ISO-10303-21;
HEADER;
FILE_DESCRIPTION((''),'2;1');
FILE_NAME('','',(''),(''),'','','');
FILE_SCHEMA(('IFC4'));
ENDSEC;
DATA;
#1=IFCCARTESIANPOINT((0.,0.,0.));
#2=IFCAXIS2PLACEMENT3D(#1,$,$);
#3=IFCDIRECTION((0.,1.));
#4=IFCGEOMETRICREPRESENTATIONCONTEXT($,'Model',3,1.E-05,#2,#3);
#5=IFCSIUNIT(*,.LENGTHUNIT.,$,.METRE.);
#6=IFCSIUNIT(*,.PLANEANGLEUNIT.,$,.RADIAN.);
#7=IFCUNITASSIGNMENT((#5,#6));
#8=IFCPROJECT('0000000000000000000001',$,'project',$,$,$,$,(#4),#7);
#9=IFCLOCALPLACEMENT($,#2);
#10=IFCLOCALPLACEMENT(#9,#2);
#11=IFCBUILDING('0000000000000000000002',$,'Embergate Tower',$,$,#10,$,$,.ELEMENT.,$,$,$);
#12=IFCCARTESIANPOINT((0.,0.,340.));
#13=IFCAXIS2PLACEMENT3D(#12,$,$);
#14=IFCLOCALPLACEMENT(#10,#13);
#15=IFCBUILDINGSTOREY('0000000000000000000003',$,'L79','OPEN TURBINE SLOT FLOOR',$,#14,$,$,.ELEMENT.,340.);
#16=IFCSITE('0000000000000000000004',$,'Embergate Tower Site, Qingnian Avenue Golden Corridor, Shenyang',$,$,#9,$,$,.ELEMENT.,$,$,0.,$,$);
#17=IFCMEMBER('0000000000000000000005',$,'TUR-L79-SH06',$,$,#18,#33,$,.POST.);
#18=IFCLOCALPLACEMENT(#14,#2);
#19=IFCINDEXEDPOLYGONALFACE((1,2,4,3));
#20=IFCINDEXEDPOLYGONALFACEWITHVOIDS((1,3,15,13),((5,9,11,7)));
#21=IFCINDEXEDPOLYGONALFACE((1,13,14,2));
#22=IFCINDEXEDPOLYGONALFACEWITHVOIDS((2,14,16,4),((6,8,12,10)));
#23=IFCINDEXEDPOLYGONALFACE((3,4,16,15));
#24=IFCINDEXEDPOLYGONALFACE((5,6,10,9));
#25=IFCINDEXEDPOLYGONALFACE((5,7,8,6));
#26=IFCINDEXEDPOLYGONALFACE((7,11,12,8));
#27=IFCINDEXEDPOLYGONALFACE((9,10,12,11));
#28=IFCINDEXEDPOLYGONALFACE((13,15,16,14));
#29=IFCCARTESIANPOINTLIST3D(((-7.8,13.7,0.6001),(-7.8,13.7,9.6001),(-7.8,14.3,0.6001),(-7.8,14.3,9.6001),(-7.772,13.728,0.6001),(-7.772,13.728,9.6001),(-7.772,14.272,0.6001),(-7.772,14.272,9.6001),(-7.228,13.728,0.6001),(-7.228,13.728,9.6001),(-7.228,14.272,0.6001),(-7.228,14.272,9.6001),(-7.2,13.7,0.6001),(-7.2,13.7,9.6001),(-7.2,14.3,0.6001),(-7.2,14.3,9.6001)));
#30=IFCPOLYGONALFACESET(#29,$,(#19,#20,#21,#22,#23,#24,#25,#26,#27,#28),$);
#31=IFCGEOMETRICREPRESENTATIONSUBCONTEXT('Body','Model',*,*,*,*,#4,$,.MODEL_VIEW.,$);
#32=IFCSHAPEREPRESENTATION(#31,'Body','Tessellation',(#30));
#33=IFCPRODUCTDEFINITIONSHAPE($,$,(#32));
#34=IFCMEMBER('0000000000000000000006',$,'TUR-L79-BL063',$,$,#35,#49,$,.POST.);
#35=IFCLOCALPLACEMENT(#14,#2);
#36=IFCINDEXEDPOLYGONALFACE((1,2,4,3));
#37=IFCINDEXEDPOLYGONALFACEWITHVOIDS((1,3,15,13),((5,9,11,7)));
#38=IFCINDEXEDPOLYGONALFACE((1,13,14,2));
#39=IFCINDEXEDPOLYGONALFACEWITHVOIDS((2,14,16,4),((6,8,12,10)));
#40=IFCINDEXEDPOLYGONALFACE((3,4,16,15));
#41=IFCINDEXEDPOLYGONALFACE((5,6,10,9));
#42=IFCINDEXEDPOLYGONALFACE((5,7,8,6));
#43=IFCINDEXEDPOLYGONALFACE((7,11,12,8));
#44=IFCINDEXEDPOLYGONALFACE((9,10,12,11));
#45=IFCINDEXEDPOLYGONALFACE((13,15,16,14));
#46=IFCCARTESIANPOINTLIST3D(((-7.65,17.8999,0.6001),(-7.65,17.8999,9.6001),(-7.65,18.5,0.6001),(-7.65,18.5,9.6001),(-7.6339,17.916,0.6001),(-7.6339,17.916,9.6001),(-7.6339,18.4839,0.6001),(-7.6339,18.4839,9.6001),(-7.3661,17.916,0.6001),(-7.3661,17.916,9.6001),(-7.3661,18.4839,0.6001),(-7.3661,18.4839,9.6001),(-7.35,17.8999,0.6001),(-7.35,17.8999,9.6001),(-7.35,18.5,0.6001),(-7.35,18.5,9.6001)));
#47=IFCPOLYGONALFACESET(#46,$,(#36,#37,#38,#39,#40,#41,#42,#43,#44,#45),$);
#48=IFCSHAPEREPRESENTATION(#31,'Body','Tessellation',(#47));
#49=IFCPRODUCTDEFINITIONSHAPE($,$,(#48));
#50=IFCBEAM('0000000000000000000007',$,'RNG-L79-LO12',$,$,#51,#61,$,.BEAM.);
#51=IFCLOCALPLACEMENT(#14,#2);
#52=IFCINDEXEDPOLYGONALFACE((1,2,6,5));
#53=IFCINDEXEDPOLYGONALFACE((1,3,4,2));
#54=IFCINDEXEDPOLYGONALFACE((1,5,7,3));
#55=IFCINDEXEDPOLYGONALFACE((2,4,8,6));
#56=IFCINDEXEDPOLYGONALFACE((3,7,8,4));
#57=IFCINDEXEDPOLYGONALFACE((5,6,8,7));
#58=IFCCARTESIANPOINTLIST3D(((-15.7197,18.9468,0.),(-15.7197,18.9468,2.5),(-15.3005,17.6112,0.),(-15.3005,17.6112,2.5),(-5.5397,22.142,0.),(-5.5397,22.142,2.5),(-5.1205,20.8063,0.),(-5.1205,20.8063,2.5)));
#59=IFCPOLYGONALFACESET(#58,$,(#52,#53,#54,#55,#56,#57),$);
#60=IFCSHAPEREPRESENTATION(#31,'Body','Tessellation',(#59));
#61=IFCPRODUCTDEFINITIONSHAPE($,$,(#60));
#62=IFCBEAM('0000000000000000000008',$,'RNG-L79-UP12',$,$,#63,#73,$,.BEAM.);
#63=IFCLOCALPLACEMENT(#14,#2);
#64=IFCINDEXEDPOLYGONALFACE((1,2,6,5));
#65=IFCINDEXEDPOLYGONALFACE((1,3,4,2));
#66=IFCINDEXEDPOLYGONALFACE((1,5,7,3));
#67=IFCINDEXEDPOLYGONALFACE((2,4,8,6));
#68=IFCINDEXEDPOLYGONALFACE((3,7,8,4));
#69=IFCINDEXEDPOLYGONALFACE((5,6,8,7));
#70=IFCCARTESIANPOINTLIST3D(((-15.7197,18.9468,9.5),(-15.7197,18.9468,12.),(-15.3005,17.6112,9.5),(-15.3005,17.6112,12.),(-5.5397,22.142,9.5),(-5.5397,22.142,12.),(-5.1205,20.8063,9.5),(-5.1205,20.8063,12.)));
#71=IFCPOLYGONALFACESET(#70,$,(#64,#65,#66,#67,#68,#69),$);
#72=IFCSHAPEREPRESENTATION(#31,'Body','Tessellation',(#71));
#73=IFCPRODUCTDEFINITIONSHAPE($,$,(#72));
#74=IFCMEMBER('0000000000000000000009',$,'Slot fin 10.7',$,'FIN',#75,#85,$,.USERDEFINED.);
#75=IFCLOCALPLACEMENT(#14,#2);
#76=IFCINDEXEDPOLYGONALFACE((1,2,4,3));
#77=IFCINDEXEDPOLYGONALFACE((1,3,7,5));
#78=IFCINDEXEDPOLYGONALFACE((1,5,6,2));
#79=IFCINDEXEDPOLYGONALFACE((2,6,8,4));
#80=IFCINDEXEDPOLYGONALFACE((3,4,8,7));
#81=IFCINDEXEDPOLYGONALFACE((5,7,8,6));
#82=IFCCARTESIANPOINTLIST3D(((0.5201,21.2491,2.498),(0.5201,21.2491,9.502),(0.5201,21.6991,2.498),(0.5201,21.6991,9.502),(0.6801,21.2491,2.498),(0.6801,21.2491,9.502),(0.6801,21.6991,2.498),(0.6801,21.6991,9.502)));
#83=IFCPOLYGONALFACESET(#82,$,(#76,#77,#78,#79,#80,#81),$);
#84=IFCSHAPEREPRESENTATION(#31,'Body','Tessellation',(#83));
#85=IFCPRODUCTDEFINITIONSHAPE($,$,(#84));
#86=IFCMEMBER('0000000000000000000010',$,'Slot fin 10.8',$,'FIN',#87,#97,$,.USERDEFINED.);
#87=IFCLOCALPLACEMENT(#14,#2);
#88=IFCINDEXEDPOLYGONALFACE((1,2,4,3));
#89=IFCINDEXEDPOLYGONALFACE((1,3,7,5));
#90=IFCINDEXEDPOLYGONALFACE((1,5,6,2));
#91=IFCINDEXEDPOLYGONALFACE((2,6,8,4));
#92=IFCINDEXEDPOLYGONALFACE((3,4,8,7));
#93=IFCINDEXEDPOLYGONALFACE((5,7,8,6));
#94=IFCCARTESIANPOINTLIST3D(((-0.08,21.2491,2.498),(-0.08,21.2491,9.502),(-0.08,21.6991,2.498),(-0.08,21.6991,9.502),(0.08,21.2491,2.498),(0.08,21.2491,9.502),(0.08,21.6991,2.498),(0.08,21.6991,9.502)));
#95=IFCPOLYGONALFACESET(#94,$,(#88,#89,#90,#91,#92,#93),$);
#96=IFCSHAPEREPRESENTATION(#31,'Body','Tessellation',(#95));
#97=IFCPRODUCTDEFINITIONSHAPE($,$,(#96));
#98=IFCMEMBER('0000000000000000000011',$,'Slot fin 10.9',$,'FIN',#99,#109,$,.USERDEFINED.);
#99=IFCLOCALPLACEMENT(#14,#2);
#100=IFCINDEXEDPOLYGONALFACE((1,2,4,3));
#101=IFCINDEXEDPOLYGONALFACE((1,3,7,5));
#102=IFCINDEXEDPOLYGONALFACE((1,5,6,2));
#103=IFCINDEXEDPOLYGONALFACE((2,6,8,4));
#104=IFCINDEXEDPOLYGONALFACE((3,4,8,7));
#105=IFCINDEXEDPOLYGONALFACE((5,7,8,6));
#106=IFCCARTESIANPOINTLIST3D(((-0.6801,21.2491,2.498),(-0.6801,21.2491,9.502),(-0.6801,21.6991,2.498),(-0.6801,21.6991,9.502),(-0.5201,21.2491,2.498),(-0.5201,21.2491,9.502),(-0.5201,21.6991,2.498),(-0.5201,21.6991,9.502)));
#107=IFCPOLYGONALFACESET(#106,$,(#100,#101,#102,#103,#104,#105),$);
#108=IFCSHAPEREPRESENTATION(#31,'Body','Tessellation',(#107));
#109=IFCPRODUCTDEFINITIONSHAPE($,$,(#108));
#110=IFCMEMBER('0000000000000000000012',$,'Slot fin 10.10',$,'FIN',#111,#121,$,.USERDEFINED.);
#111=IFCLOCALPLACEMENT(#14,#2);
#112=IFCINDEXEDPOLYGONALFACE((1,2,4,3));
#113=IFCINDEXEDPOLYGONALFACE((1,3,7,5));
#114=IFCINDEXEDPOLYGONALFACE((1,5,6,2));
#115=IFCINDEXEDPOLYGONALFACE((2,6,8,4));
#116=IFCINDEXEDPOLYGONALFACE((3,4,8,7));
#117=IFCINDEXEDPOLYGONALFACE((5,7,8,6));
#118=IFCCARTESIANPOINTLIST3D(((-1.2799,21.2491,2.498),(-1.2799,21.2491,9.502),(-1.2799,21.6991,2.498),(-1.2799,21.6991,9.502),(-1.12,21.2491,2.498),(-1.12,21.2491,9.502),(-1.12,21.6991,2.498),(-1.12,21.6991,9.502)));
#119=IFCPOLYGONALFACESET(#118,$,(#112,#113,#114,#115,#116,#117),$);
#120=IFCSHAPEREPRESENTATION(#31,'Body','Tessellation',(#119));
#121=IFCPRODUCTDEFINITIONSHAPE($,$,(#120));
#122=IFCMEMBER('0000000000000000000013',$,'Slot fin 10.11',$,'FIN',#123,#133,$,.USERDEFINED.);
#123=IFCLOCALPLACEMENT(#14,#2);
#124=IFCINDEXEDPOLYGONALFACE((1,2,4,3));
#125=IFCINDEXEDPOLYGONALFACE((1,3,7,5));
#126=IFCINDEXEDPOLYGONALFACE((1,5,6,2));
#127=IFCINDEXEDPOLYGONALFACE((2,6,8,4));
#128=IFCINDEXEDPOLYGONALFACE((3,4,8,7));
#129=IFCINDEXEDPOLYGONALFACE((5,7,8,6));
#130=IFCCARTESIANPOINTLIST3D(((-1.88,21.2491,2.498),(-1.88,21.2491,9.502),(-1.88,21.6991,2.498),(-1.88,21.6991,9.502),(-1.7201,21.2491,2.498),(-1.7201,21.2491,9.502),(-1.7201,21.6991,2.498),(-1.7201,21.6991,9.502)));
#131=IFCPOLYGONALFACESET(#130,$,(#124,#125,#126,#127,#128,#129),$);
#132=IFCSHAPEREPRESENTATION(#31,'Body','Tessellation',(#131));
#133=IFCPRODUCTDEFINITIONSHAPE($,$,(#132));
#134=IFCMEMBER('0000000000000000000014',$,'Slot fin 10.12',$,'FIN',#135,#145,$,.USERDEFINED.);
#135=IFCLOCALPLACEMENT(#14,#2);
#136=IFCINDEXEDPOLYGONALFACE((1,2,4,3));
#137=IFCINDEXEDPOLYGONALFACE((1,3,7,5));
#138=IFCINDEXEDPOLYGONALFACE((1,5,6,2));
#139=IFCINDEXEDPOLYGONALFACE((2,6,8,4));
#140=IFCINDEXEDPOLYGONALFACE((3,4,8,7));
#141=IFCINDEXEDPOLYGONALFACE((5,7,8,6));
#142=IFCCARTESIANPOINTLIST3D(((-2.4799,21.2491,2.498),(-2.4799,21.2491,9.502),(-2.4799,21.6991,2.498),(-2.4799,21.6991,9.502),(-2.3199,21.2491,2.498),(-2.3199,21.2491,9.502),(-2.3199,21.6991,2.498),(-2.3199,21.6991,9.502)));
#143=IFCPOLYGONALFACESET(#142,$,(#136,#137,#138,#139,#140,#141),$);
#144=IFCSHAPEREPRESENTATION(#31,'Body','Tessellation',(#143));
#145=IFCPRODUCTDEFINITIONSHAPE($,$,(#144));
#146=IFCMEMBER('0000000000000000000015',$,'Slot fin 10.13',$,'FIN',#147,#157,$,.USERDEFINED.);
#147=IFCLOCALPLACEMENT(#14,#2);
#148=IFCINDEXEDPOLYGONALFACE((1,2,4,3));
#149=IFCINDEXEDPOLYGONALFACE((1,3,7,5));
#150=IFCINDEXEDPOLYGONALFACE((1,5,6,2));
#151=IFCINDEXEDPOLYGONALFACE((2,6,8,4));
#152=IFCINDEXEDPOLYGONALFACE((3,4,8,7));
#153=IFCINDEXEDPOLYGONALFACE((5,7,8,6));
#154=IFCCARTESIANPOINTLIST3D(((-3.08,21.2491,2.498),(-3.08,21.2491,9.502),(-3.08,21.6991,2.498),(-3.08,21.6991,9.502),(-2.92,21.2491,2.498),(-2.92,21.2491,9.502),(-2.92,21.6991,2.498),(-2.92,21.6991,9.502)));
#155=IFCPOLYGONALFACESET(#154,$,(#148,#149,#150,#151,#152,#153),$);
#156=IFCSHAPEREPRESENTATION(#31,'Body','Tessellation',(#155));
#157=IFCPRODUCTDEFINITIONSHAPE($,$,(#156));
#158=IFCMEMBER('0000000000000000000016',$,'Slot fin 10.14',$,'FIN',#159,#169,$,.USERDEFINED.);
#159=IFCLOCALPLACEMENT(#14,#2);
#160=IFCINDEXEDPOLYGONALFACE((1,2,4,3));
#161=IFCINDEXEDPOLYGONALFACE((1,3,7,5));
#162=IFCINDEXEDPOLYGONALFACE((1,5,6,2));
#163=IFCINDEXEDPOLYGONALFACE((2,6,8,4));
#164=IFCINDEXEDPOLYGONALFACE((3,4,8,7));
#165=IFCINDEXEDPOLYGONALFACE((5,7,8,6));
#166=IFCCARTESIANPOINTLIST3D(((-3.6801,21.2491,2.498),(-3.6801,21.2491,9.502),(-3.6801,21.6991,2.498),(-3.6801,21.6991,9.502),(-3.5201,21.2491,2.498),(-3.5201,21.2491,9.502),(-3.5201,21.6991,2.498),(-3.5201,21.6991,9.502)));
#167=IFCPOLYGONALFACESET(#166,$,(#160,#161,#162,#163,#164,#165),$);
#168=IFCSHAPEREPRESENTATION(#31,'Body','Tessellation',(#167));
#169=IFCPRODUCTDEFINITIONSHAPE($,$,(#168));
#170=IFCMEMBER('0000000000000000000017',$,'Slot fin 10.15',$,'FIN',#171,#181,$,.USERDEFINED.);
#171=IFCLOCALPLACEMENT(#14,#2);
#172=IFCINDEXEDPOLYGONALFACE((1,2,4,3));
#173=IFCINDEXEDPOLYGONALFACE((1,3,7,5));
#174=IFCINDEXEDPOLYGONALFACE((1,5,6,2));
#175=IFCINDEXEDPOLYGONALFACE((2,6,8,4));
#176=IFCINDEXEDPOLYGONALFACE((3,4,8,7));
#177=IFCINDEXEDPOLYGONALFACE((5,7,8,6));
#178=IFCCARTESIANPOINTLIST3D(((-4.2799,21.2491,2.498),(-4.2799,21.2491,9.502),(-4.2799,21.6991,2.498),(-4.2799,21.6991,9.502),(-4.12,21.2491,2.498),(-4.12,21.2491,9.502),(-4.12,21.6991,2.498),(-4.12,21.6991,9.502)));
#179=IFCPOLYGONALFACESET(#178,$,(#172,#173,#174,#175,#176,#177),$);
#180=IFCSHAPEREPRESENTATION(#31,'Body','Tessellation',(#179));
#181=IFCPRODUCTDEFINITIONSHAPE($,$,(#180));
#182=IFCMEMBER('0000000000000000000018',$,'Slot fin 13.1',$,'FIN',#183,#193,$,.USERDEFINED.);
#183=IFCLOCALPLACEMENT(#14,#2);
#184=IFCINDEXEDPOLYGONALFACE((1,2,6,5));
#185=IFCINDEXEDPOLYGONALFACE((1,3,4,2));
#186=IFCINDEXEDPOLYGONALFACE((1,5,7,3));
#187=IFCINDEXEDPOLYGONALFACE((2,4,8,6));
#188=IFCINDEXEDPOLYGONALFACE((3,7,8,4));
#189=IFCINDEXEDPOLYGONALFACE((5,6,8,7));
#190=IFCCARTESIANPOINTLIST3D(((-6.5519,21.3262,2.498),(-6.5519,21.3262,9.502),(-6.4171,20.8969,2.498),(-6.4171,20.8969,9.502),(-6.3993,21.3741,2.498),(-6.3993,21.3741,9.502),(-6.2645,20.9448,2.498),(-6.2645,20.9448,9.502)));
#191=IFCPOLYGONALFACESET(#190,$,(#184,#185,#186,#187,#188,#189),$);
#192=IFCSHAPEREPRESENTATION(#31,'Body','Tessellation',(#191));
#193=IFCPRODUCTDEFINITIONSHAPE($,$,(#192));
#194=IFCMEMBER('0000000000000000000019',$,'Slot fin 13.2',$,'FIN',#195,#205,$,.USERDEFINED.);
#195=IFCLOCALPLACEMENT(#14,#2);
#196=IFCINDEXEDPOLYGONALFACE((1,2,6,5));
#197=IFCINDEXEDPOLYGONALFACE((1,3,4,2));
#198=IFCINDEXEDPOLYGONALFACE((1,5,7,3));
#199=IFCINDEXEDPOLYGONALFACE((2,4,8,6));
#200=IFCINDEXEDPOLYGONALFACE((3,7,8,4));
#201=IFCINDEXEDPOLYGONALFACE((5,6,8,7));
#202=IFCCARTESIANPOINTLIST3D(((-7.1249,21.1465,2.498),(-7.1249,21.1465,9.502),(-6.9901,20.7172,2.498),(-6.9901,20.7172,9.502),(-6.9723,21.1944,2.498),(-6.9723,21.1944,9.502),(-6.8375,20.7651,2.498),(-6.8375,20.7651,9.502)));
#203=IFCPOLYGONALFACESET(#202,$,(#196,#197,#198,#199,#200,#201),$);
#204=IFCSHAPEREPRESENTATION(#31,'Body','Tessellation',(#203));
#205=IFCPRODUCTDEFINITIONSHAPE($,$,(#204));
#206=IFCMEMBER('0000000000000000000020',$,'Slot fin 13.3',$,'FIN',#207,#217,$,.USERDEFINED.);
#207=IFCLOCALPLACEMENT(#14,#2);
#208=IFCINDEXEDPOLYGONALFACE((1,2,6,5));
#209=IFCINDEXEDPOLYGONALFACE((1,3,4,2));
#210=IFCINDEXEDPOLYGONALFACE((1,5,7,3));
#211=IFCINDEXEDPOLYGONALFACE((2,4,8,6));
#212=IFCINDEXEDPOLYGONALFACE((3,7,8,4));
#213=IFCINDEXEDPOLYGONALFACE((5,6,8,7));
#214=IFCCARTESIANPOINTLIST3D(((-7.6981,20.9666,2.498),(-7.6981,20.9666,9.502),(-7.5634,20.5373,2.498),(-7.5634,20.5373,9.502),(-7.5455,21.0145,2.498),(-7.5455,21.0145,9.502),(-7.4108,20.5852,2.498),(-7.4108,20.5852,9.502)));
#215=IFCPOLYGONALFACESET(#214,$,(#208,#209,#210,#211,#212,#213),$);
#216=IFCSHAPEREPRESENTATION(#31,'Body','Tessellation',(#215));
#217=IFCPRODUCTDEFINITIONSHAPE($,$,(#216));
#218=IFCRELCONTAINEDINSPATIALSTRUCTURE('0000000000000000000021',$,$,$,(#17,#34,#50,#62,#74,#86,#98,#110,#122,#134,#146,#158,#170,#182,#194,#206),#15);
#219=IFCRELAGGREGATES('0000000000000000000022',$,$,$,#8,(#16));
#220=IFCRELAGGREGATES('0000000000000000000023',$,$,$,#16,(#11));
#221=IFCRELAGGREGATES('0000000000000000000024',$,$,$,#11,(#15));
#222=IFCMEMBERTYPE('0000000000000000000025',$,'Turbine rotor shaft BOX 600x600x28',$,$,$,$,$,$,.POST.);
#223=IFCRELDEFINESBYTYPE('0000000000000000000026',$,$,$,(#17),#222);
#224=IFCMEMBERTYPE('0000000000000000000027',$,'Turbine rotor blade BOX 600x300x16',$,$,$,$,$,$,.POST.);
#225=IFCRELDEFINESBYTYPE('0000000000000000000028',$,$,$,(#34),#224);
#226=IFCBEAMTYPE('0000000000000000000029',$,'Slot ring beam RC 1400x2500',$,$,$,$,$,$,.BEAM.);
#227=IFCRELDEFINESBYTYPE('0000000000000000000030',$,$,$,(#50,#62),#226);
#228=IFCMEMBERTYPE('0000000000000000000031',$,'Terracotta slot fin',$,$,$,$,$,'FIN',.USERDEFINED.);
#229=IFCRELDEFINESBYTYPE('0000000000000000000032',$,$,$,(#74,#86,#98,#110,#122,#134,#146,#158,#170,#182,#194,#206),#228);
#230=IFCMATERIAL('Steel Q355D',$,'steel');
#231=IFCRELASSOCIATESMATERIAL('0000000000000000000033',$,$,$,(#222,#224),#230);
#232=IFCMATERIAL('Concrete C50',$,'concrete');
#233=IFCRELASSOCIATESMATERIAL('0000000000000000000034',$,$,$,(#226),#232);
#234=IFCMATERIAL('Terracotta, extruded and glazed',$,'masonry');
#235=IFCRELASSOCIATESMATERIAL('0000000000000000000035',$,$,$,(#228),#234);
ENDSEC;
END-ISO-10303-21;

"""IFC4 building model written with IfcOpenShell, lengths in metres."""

from ifc_helpers import new_model, si_unit, direction, frame, origin, origin_2d, place, context, subcontext, project, spatial, rectangle, hollow_rectangle, extrude, source, transform, mapped, material, material_profile, profile_set, type_object, element, save


model = new_model("IFC4")

# Units and contexts
model_context = context("Model", 3, precision=1e-05, world=origin(), true_north=direction((0.0, 1.0)))
body_context = subcontext(model_context, "Body", "Model", "MODEL_VIEW")
ifc_project = project(units=[si_unit("LENGTHUNIT", "METRE"), si_unit("PLANEANGLEUNIT", "RADIAN")], contexts=[model_context])

# Site, building, storey
site_placement = place(None, origin())
site = spatial("IfcSite", under=ifc_project, at=site_placement, Name="Embergate Tower Site, Qingnian Avenue Golden Corridor, Shenyang", CompositionType="ELEMENT", RefElevation=0.0)
building_placement = place(site_placement, origin())
building = spatial("IfcBuilding", under=site, at=building_placement, Name="Embergate Tower", CompositionType="ELEMENT")
storey_placement = place(building_placement, frame((0.0, 0.0, 340.0)))
storey = spatial("IfcBuildingStorey", under=building, at=storey_placement, Name="L79", Description="OPEN TURBINE SLOT FLOOR", CompositionType="ELEMENT", Elevation=340.0)

# Shared definitions
ifc_material_1 = material(Name="Concrete C50", Category="concrete")

# Shared definitions
ifc_material_2 = material(Name="Steel Q355D", Category="steel")

# Members
ifc_material_profile_1 = material_profile(ifc_material_2, hollow_rectangle(XDim=0.6001, YDim=0.6001, WallThickness=0.0281, at=origin_2d()), Name="BOX 600x600x28")
ifc_profile_set_1 = profile_set([ifc_material_profile_1], Name="Steel Q355 grade D")
member_type_1 = type_object("IfcMemberType", Name="Turbine rotor shaft BOX 600x600x28", PredefinedType="POST", material=ifc_profile_set_1)
shared_shape_1 = source(origin(), body_context, "Body", "SweptSolid", [
    extrude(hollow_rectangle(XDim=0.6001, YDim=0.6001, WallThickness=0.0281, at=origin_2d()), origin(), (0.0, 0.0, 1.0), 9.0),
])
member_1_placement = place(storey_placement, frame((-7.5, 14.0, 0.6001), z_axis=(0.0, 0.0, 1.0), x_axis=(1.0, 0.0, 0.0)))
element("IfcMember", 1, at=member_1_placement, inside=storey, type_object=member_type_1, Name="TUR-L79-SH06", PredefinedType="POST", context=body_context, shape_type="MappedRepresentation", body=[
    mapped(shared_shape_1, transform((0.0, 0.0, 0.0))),
])
ifc_material_profile_2 = material_profile(ifc_material_2, hollow_rectangle(XDim=0.3, YDim=0.6001, WallThickness=0.0161, at=origin_2d()), Name="BOX 600x300x16")
ifc_profile_set_2 = profile_set([ifc_material_profile_2], Name="Steel Q355 grade D")
member_type_2 = type_object("IfcMemberType", Name="Turbine rotor blade BOX 600x300x16", PredefinedType="POST", material=ifc_profile_set_2)
shared_shape_2 = source(origin(), body_context, "Body", "SweptSolid", [
    extrude(hollow_rectangle(XDim=0.3, YDim=0.6001, WallThickness=0.0161, at=origin_2d()), origin(), (0.0, 0.0, 1.0), 9.0),
])
member_2_placement = place(storey_placement, frame((-7.5, 18.2, 0.6001), z_axis=(0.0, 0.0, 1.0), x_axis=(-1.0, 0.0, 0.0)))
element("IfcMember", 2, at=member_2_placement, inside=storey, type_object=member_type_2, Name="TUR-L79-BL063", PredefinedType="POST", context=body_context, shape_type="MappedRepresentation", body=[
    mapped(shared_shape_2, transform((0.0, 0.0, 0.0))),
])

# Beams
ifc_material_profile_3 = material_profile(ifc_material_1, rectangle(XDim=1.3999, YDim=2.5, at=origin_2d()), Name="RC 1400x2500")
ifc_profile_set_3 = profile_set([ifc_material_profile_3], Name="Concrete C50")
beam_type_1 = type_object("IfcBeamType", Name="Slot ring beam RC 1400x2500", PredefinedType="BEAM", material=ifc_profile_set_3)
shared_shape_3 = source(origin(), body_context, "Body", "SweptSolid", [
    extrude(rectangle(XDim=1.3999, YDim=2.5, at=origin_2d()), origin(), (0.0, 0.0, 1.0), 10.6697),
])
for number, where, z_axis, x_axis, name in (
    (3, (-5.3301, 21.4741, 1.25), (-0.95411, -0.299456, 0.0), (0.299456, -0.95411, 0.0), "RNG-L79-LO12"),
    (4, (-5.3301, 21.4741, 10.75), (-0.95411, -0.299456, 0.0), (0.299456, -0.95411, 0.0), "RNG-L79-UP12"),
):
    element("IfcBeam", number, at=place(storey_placement, frame(where, z_axis=z_axis, x_axis=x_axis)), inside=storey, type_object=beam_type_1, Name=name, PredefinedType="BEAM", context=body_context, shape_type="MappedRepresentation", body=[
        mapped(shared_shape_3, transform((0.0, 0.0, 0.0))),
    ])

# Members
ifc_material_3 = material(Name="Terracotta, extruded and glazed", Category="masonry")
ifc_material_profile_4 = material_profile(ifc_material_3, rectangle(XDim=0.45, YDim=0.1599, at=origin_2d()), Name="TC 450x160")
ifc_profile_set_4 = profile_set([ifc_material_profile_4], Name="Terracotta, extruded and glazed")
member_type_3 = type_object("IfcMemberType", Name="Terracotta slot fin", ElementType="FIN", PredefinedType="USERDEFINED", material=ifc_profile_set_4)
shared_shape_4 = source(origin(), body_context, "Body", "SweptSolid", [
    extrude(rectangle(XDim=0.45, YDim=0.1599, at=origin_2d()), origin(), (0.0, 0.0, 1.0), 7.0039),
])
for number, where, z_axis, x_axis, name in (
    (5, (0.6001, 21.4741, 2.498), (0.0, 0.0, 1.0), (0.0, -1.0, 0.0), "Slot fin 10.7"),
    (6, (0.0, 21.4741, 2.498), (0.0, 0.0, 1.0), (0.0, -1.0, 0.0), "Slot fin 10.8"),
    (7, (-0.6001, 21.4741, 2.498), (0.0, 0.0, 1.0), (0.0, -1.0, 0.0), "Slot fin 10.9"),
    (8, (-1.2, 21.4741, 2.498), (0.0, 0.0, 1.0), (0.0, -1.0, 0.0), "Slot fin 10.10"),
    (9, (-1.8, 21.4741, 2.498), (0.0, 0.0, 1.0), (0.0, -1.0, 0.0), "Slot fin 10.11"),
    (10, (-2.3999, 21.4741, 2.498), (0.0, 0.0, 1.0), (0.0, -1.0, 0.0), "Slot fin 10.12"),
    (11, (-3.0, 21.4741, 2.498), (0.0, 0.0, 1.0), (0.0, -1.0, 0.0), "Slot fin 10.13"),
    (12, (-3.6001, 21.4741, 2.498), (0.0, 0.0, 1.0), (0.0, -1.0, 0.0), "Slot fin 10.14"),
    (13, (-4.2, 21.4741, 2.498), (0.0, 0.0, 1.0), (0.0, -1.0, 0.0), "Slot fin 10.15"),
    (14, (-6.4082, 21.1355, 2.498), (0.0, 0.0, 1.0), (0.299449, -0.954112, 0.0), "Slot fin 13.1"),
    (15, (-6.9812, 20.9558, 2.498), (0.0, 0.0, 1.0), (0.299449, -0.954112, 0.0), "Slot fin 13.2"),
    (16, (-7.5544, 20.7759, 2.498), (0.0, 0.0, 1.0), (0.299449, -0.954112, 0.0), "Slot fin 13.3"),
):
    element("IfcMember", number, at=place(storey_placement, frame(where, z_axis=z_axis, x_axis=x_axis)), inside=storey, type_object=member_type_3, Name=name, ObjectType="FIN", PredefinedType="USERDEFINED", context=body_context, shape_type="MappedRepresentation", body=[
        mapped(shared_shape_4, transform((0.0, 0.0, 0.0))),
    ])

save(model, "model.ifc")
